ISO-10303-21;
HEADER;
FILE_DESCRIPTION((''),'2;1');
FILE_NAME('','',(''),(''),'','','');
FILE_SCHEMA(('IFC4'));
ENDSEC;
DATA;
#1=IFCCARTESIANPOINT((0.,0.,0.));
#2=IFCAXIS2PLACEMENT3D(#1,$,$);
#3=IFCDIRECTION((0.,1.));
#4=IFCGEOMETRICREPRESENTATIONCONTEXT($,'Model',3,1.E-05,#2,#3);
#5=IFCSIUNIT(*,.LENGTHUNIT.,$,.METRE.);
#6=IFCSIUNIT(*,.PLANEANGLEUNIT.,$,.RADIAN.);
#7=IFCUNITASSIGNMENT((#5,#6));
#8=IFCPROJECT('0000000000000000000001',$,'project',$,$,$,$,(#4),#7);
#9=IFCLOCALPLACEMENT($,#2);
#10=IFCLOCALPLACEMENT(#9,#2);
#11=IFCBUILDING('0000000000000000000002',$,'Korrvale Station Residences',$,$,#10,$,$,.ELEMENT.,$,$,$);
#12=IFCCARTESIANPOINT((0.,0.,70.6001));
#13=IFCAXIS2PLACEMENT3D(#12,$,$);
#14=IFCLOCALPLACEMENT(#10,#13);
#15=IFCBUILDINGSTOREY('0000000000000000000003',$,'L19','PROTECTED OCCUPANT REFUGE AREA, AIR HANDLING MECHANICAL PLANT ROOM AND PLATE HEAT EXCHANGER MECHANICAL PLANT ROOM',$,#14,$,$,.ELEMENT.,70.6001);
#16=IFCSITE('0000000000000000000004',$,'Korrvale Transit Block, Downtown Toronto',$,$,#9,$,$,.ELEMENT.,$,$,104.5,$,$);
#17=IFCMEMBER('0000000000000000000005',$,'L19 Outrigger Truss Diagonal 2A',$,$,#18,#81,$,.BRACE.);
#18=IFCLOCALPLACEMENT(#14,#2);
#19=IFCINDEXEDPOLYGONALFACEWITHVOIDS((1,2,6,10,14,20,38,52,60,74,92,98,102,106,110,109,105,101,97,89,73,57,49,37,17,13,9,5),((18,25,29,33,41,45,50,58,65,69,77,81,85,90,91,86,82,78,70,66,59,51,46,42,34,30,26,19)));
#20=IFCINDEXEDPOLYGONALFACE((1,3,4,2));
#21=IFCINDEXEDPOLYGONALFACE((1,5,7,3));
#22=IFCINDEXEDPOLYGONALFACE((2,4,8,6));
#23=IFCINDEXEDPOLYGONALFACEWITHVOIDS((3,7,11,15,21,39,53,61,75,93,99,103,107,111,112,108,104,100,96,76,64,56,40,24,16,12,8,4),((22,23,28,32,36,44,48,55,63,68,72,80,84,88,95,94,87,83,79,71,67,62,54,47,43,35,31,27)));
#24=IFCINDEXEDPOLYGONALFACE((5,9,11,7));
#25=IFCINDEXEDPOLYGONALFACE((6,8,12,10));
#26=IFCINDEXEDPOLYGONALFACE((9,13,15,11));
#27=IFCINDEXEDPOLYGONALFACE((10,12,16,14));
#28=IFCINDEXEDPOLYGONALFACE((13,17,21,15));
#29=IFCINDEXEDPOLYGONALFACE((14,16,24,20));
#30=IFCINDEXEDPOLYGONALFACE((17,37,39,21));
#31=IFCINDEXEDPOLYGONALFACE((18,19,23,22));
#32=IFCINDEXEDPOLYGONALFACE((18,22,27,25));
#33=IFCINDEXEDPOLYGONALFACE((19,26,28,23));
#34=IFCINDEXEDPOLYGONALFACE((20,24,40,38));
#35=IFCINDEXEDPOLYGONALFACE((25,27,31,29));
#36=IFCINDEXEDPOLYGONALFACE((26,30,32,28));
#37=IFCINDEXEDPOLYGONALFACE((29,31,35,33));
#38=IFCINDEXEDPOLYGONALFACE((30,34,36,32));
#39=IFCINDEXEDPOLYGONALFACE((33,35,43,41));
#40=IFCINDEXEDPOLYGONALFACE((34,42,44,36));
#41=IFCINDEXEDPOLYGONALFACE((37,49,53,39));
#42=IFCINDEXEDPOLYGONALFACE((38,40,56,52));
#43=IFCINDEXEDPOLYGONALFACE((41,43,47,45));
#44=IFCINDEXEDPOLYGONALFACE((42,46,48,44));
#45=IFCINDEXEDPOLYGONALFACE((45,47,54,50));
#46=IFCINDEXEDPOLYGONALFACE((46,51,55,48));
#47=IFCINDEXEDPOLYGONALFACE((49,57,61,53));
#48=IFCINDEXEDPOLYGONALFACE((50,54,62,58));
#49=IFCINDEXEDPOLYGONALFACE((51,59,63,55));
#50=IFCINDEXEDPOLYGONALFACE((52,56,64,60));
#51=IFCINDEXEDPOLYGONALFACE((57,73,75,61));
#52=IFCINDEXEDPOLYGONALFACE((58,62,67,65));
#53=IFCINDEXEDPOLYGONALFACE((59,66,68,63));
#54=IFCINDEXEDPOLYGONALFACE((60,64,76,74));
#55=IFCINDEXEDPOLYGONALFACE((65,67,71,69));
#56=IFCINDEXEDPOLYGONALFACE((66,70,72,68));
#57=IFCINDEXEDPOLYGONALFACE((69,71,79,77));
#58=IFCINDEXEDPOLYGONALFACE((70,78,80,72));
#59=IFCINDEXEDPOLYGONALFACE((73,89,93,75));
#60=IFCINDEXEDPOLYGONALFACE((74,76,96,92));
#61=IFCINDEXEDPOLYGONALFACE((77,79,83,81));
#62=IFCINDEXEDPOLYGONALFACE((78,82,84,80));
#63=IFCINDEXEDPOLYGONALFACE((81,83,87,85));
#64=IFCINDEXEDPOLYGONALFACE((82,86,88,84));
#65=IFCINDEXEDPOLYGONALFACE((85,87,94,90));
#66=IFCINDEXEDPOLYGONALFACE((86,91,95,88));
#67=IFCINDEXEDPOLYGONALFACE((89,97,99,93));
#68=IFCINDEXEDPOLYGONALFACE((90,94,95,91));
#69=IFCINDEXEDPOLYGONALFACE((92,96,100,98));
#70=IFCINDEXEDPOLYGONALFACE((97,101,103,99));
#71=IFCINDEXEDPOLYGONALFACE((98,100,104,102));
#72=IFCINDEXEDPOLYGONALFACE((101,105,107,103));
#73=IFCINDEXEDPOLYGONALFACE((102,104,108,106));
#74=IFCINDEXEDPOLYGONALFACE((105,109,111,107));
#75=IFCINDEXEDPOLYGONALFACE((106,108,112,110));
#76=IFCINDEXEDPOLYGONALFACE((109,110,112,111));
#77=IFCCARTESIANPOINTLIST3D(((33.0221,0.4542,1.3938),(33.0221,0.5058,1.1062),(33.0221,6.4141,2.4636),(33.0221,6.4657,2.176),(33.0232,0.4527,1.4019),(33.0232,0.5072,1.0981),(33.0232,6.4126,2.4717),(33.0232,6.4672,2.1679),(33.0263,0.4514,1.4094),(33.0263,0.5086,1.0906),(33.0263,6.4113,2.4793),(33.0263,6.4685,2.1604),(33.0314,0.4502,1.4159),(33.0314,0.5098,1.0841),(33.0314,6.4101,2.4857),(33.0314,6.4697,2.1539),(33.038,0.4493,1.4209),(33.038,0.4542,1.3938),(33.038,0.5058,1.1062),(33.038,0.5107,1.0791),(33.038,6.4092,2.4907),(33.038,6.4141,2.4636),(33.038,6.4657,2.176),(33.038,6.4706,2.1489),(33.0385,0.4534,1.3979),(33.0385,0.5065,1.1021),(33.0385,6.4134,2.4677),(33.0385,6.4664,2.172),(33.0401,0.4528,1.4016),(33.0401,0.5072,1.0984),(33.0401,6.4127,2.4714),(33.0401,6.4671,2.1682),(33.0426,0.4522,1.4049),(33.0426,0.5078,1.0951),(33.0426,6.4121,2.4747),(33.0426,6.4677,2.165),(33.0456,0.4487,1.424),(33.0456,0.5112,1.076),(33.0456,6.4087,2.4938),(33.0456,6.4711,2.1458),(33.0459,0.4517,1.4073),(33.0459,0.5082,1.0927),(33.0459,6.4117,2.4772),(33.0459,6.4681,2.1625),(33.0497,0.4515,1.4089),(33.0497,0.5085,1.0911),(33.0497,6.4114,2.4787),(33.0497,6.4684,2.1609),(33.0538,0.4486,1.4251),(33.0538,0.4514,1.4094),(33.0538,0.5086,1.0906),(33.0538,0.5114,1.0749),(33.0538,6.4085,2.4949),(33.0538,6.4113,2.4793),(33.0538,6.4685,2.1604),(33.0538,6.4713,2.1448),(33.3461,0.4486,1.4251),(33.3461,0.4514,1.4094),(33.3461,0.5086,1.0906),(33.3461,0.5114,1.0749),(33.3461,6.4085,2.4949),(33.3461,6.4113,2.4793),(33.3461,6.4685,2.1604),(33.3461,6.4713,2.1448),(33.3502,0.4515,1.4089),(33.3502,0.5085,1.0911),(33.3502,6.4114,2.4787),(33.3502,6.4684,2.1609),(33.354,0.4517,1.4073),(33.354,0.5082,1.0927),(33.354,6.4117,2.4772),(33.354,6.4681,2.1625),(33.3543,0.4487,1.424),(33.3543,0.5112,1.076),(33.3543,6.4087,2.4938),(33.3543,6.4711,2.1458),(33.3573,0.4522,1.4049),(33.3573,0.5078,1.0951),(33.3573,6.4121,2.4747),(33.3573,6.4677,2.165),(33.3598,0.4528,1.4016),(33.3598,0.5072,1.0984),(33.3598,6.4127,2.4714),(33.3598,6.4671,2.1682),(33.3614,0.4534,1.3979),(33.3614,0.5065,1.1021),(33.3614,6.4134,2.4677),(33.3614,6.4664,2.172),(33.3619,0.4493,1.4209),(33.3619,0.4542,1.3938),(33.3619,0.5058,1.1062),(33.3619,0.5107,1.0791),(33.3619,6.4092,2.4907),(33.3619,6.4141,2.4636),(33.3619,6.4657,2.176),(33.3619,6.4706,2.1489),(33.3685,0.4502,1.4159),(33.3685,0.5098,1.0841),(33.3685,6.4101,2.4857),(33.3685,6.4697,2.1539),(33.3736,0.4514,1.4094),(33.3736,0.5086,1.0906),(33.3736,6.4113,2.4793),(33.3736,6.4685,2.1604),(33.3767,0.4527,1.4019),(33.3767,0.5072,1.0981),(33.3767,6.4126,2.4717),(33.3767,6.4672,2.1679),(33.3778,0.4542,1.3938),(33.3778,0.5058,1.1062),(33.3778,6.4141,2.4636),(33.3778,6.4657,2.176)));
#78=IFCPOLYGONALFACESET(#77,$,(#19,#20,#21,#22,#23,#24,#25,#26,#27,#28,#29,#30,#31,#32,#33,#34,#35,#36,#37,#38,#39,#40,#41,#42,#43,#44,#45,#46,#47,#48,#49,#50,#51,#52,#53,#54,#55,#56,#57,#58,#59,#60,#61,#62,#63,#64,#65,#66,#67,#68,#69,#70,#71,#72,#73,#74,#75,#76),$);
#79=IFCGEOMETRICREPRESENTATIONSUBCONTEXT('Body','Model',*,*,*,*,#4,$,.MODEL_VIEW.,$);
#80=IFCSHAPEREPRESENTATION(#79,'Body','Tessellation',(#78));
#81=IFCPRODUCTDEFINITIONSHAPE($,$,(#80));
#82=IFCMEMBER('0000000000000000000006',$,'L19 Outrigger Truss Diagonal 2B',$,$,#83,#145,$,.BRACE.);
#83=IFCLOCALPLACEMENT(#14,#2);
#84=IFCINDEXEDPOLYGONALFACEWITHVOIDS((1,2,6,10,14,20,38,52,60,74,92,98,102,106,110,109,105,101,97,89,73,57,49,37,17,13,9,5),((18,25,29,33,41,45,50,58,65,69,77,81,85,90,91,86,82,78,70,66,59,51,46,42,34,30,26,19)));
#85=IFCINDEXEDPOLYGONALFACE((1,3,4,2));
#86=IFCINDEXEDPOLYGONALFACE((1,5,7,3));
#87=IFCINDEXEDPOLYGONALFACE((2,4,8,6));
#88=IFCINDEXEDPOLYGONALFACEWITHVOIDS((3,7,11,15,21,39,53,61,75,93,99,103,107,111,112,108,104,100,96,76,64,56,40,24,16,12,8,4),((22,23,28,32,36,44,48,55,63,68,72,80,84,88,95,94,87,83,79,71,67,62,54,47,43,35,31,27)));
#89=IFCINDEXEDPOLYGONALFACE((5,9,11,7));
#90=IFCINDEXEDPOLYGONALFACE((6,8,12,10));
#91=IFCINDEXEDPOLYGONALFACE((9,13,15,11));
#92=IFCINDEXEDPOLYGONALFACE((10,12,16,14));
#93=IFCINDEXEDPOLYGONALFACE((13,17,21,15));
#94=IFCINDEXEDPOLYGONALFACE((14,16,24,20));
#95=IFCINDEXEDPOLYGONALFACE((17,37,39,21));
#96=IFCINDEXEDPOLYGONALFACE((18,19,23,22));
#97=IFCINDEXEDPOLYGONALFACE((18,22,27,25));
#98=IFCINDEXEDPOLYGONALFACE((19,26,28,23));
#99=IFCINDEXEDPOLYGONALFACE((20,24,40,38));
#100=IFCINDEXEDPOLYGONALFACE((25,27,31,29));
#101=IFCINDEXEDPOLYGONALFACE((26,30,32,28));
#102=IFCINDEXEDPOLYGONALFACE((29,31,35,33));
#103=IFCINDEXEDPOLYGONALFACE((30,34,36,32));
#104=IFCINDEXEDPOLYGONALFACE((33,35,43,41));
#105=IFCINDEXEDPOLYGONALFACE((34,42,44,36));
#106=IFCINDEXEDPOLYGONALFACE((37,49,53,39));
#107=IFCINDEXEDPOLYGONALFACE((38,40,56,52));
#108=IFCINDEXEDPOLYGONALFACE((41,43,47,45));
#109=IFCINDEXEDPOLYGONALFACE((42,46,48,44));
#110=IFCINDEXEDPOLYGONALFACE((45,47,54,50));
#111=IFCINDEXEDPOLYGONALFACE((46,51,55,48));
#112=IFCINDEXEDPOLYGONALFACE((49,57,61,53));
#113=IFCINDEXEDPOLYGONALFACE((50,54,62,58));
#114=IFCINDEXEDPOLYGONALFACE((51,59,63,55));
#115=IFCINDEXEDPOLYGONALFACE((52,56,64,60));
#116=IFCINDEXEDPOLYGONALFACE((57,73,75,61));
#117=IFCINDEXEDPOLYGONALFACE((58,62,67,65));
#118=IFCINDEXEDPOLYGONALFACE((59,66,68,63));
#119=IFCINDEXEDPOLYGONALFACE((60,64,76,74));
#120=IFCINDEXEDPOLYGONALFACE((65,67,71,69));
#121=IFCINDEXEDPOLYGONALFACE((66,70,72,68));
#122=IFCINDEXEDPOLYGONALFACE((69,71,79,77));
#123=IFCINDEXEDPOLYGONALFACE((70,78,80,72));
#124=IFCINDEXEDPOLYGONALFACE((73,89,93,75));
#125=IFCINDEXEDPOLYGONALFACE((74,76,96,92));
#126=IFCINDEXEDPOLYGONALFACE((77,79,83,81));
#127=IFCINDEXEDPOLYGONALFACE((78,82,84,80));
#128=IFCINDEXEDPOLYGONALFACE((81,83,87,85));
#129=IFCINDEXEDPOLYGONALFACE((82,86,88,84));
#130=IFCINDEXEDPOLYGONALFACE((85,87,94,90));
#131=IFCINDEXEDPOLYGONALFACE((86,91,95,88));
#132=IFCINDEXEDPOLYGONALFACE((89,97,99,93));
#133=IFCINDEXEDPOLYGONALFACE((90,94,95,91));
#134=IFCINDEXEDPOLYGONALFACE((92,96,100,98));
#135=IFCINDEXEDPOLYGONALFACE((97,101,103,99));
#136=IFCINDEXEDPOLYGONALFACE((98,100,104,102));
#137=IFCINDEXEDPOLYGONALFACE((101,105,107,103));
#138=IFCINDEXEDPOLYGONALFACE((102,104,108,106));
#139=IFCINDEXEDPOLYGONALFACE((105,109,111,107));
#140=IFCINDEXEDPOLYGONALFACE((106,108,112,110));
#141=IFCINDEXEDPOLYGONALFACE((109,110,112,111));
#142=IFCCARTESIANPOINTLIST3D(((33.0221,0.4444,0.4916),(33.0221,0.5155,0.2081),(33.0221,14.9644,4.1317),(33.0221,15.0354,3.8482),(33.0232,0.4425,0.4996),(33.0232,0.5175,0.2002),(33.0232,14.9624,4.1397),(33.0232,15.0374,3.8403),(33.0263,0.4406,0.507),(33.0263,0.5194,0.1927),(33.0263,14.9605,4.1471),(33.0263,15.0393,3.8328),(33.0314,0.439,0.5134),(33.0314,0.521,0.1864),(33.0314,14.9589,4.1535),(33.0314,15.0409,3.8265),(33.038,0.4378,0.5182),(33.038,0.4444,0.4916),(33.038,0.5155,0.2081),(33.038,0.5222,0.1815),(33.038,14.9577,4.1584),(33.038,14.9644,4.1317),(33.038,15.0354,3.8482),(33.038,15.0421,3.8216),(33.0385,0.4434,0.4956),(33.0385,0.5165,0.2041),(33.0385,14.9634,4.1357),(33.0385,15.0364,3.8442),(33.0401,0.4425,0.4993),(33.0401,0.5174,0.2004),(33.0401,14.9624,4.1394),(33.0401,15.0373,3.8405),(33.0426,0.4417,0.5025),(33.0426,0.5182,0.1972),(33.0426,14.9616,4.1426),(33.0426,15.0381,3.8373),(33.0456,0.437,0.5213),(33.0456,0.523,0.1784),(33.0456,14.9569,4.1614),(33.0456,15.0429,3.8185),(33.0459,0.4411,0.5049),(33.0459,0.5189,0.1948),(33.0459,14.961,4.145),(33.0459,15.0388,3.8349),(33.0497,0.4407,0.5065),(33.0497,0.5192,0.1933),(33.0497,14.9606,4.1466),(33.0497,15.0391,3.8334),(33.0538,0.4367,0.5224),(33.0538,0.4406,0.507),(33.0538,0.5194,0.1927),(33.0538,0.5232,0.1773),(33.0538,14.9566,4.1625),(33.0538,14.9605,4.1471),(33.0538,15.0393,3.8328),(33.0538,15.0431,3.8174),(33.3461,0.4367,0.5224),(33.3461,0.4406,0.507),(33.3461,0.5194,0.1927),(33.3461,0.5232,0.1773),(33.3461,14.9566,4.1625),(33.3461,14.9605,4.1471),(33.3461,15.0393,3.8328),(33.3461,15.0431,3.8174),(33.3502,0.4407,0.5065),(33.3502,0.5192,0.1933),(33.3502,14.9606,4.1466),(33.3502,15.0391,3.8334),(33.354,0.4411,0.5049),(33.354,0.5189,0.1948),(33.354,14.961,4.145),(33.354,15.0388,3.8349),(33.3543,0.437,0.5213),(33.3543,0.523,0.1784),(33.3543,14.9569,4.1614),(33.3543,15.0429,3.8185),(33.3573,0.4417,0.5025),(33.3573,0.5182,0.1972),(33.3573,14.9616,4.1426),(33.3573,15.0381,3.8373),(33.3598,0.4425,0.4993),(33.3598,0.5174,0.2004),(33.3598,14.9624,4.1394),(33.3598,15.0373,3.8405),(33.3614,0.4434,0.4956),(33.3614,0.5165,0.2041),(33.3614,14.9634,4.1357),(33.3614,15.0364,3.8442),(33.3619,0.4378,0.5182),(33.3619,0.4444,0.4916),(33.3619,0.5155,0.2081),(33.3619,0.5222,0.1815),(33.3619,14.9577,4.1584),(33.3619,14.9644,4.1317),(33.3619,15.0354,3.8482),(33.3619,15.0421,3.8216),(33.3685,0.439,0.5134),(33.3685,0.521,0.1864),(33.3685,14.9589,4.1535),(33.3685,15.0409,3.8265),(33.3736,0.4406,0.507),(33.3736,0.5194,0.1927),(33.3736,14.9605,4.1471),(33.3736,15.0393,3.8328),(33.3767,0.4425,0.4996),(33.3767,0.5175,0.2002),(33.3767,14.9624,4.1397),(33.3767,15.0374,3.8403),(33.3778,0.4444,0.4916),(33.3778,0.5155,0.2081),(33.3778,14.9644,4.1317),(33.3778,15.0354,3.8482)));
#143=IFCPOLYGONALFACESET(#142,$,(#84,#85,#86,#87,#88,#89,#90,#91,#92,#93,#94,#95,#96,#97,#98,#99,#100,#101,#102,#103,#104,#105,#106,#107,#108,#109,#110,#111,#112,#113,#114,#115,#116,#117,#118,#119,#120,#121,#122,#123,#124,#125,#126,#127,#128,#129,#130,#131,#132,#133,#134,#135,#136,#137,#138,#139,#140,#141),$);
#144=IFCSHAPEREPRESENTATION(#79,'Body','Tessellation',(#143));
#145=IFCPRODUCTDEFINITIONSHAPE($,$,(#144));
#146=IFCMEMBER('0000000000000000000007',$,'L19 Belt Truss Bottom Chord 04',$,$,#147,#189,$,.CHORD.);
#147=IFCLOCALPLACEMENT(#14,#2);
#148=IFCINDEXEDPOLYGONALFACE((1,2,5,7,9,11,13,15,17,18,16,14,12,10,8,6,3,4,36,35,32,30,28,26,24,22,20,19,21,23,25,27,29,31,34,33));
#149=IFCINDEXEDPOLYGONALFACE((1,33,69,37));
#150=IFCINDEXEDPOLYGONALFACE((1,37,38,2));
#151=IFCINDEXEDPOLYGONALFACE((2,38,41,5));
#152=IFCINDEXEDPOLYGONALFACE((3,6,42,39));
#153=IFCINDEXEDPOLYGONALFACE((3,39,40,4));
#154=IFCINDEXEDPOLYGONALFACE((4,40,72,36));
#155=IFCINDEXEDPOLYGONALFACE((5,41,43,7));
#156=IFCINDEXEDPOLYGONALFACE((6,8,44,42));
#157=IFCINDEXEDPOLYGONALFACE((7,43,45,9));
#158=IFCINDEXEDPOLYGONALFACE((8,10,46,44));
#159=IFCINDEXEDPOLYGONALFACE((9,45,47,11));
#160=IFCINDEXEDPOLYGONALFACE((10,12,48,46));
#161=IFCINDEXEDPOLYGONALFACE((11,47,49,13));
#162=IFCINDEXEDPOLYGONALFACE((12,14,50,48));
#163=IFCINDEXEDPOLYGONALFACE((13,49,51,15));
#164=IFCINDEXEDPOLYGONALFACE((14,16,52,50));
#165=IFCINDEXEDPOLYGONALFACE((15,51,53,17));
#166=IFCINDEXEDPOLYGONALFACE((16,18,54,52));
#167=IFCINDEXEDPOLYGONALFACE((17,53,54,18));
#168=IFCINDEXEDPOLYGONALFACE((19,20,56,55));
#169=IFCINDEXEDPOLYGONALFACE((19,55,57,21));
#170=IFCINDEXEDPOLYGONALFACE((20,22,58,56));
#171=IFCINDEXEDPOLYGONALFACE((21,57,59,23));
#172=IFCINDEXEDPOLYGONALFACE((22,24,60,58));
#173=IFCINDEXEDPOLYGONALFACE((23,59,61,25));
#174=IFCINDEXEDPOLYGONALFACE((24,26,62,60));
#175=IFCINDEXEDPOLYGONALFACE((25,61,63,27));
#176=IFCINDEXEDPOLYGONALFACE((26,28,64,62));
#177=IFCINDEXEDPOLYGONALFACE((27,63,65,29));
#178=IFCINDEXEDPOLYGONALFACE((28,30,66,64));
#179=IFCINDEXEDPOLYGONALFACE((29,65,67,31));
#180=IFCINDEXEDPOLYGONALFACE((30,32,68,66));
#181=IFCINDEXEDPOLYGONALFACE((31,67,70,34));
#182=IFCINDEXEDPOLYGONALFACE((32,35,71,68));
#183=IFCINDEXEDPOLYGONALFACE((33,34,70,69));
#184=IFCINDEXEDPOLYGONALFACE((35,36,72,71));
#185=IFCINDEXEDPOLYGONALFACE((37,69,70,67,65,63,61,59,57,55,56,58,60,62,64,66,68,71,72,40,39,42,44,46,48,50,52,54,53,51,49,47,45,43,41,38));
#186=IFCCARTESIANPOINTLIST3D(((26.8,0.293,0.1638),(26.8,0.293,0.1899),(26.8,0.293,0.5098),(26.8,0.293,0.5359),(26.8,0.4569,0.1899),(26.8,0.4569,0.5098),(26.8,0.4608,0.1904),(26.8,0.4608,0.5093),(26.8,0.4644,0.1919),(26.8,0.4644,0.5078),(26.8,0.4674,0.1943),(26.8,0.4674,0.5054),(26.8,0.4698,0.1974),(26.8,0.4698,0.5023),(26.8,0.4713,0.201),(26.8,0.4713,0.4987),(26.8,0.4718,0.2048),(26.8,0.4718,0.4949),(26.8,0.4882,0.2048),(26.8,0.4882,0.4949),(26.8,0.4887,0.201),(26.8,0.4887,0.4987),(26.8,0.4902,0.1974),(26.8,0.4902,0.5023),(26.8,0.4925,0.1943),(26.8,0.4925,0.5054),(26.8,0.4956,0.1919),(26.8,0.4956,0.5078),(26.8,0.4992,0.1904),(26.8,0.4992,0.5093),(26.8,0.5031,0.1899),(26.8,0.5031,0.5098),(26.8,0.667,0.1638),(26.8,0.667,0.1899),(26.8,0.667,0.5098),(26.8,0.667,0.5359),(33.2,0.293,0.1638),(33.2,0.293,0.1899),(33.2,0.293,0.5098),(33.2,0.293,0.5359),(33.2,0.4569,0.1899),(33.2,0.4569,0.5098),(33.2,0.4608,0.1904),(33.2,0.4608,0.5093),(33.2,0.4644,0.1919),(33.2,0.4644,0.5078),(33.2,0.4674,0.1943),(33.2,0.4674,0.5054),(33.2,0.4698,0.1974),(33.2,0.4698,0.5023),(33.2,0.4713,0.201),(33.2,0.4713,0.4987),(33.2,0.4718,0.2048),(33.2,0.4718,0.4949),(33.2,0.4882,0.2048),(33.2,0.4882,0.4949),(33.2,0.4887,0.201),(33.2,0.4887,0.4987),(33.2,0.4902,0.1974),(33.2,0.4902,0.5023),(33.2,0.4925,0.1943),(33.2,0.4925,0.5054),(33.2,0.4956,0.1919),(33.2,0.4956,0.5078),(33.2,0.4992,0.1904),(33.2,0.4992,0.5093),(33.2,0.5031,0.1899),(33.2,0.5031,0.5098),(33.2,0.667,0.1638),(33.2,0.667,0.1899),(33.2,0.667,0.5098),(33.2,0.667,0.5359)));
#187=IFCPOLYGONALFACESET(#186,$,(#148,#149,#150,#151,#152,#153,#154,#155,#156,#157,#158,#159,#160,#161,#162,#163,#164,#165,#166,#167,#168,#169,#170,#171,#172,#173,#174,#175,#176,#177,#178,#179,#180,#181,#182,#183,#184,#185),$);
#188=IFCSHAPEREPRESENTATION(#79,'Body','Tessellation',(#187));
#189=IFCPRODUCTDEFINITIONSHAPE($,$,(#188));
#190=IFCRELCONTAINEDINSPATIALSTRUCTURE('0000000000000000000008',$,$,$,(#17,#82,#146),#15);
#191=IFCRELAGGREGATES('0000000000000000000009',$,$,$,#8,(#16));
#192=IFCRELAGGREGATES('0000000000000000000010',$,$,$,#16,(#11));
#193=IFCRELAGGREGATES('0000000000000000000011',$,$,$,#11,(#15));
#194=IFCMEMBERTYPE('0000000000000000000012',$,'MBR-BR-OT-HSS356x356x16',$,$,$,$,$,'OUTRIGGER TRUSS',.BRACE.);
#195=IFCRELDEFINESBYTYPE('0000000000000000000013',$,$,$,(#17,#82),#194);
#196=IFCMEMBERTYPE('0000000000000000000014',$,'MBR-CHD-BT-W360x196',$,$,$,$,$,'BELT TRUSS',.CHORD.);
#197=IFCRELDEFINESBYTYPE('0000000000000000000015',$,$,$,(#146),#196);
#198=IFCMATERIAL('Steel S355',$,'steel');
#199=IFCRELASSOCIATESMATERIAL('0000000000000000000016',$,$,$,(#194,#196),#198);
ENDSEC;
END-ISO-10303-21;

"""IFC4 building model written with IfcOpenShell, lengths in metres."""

from ifc_helpers import new_model, si_unit, direction, frame, origin, origin_2d, place, context, subcontext, project, spatial, hollow_rectangle, i_section, extrude, material, material_profile, profile_set, type_object, element, save


model = new_model("IFC4")

# Units and contexts
model_context = context("Model", 3, precision=1e-05, world=origin(), true_north=direction((0.0, 1.0)))
body_context = subcontext(model_context, "Body", "Model", "MODEL_VIEW")
ifc_project = project(units=[si_unit("LENGTHUNIT", "METRE"), si_unit("PLANEANGLEUNIT", "RADIAN")], contexts=[model_context])

# Site, building, storey
site_placement = place(None, origin())
site = spatial("IfcSite", under=ifc_project, at=site_placement, Name="Korrvale Transit Block, Downtown Toronto", CompositionType="ELEMENT", RefElevation=104.5)
building_placement = place(site_placement, origin())
building = spatial("IfcBuilding", under=site, at=building_placement, Name="Korrvale Station Residences", CompositionType="ELEMENT")
storey_placement = place(building_placement, frame((0.0, 0.0, 70.6001)))
storey = spatial("IfcBuildingStorey", under=building, at=storey_placement, Name="L19", Description="PROTECTED OCCUPANT REFUGE AREA, AIR HANDLING MECHANICAL PLANT ROOM AND PLATE HEAT EXCHANGER MECHANICAL PLANT ROOM", CompositionType="ELEMENT", Elevation=70.6001)

# Members
ifc_material_1 = material(Name="Steel S355", Category="steel")
ifc_material_profile_1 = material_profile(ifc_material_1, hollow_rectangle(XDim=0.3557, YDim=0.3557, WallThickness=0.0159, InnerFilletRadius=0.0159, OuterFilletRadius=0.0317, at=origin_2d()), Name="HSS356x356x16")
ifc_profile_set_1 = profile_set([ifc_material_profile_1], Name="Steel S355")
member_type_1 = type_object("IfcMemberType", Name="MBR-BR-OT-HSS356x356x16", ElementType="OUTRIGGER TRUSS", PredefinedType="BRACE", material=ifc_profile_set_1)
member_1_placement = place(storey_placement, frame((33.2, 0.48, 1.25), z_axis=(0.0, 0.984269, 0.176678), x_axis=(-1.0, 0.0, 0.0)))
element("IfcMember", 1, at=member_1_placement, inside=storey, type_object=member_type_1, Name="L19 Outrigger Truss Diagonal 2A", PredefinedType="BRACE", context=body_context, shape_type="SweptSolid", body=[
    extrude(hollow_rectangle(XDim=0.3557, YDim=0.3557, WallThickness=0.0159, InnerFilletRadius=0.0159, OuterFilletRadius=0.0317, at=origin_2d()), origin(), (0.0, 0.0, 1.0), 6.0552),
])
member_2_placement = place(storey_placement, frame((33.2, 0.48, 0.3499), z_axis=(0.0, 0.969983, 0.243173), x_axis=(-1.0, 0.0, 0.0)))
element("IfcMember", 2, at=member_2_placement, inside=storey, type_object=member_type_1, Name="L19 Outrigger Truss Diagonal 2B", PredefinedType="BRACE", context=body_context, shape_type="SweptSolid", body=[
    extrude(hollow_rectangle(XDim=0.3557, YDim=0.3557, WallThickness=0.0159, InnerFilletRadius=0.0159, OuterFilletRadius=0.0317, at=origin_2d()), origin(), (0.0, 0.0, 1.0), 14.9692),
])
ifc_material_profile_2 = material_profile(ifc_material_1, i_section(OverallWidth=0.374, OverallDepth=0.3721, WebThickness=0.0164, FlangeThickness=0.0261, FilletRadius=0.0149, at=origin_2d()), Name="W360x196")
ifc_profile_set_2 = profile_set([ifc_material_profile_2], Name="Steel S355")
member_type_2 = type_object("IfcMemberType", Name="MBR-CHD-BT-W360x196", ElementType="BELT TRUSS", PredefinedType="CHORD", material=ifc_profile_set_2)
member_3_placement = place(storey_placement, frame((26.8, 0.48, 0.3499), z_axis=(1.0, 0.0, 0.0), x_axis=(0.0, 1.0, 0.0)))
element("IfcMember", 3, at=member_3_placement, inside=storey, type_object=member_type_2, Name="L19 Belt Truss Bottom Chord 04", PredefinedType="CHORD", context=body_context, shape_type="SweptSolid", body=[
    extrude(i_section(OverallWidth=0.374, OverallDepth=0.3721, WebThickness=0.0164, FlangeThickness=0.0261, FilletRadius=0.0149, at=origin_2d()), origin(), (0.0, 0.0, 1.0), 6.3999),
])

save(model, "model.ifc")
